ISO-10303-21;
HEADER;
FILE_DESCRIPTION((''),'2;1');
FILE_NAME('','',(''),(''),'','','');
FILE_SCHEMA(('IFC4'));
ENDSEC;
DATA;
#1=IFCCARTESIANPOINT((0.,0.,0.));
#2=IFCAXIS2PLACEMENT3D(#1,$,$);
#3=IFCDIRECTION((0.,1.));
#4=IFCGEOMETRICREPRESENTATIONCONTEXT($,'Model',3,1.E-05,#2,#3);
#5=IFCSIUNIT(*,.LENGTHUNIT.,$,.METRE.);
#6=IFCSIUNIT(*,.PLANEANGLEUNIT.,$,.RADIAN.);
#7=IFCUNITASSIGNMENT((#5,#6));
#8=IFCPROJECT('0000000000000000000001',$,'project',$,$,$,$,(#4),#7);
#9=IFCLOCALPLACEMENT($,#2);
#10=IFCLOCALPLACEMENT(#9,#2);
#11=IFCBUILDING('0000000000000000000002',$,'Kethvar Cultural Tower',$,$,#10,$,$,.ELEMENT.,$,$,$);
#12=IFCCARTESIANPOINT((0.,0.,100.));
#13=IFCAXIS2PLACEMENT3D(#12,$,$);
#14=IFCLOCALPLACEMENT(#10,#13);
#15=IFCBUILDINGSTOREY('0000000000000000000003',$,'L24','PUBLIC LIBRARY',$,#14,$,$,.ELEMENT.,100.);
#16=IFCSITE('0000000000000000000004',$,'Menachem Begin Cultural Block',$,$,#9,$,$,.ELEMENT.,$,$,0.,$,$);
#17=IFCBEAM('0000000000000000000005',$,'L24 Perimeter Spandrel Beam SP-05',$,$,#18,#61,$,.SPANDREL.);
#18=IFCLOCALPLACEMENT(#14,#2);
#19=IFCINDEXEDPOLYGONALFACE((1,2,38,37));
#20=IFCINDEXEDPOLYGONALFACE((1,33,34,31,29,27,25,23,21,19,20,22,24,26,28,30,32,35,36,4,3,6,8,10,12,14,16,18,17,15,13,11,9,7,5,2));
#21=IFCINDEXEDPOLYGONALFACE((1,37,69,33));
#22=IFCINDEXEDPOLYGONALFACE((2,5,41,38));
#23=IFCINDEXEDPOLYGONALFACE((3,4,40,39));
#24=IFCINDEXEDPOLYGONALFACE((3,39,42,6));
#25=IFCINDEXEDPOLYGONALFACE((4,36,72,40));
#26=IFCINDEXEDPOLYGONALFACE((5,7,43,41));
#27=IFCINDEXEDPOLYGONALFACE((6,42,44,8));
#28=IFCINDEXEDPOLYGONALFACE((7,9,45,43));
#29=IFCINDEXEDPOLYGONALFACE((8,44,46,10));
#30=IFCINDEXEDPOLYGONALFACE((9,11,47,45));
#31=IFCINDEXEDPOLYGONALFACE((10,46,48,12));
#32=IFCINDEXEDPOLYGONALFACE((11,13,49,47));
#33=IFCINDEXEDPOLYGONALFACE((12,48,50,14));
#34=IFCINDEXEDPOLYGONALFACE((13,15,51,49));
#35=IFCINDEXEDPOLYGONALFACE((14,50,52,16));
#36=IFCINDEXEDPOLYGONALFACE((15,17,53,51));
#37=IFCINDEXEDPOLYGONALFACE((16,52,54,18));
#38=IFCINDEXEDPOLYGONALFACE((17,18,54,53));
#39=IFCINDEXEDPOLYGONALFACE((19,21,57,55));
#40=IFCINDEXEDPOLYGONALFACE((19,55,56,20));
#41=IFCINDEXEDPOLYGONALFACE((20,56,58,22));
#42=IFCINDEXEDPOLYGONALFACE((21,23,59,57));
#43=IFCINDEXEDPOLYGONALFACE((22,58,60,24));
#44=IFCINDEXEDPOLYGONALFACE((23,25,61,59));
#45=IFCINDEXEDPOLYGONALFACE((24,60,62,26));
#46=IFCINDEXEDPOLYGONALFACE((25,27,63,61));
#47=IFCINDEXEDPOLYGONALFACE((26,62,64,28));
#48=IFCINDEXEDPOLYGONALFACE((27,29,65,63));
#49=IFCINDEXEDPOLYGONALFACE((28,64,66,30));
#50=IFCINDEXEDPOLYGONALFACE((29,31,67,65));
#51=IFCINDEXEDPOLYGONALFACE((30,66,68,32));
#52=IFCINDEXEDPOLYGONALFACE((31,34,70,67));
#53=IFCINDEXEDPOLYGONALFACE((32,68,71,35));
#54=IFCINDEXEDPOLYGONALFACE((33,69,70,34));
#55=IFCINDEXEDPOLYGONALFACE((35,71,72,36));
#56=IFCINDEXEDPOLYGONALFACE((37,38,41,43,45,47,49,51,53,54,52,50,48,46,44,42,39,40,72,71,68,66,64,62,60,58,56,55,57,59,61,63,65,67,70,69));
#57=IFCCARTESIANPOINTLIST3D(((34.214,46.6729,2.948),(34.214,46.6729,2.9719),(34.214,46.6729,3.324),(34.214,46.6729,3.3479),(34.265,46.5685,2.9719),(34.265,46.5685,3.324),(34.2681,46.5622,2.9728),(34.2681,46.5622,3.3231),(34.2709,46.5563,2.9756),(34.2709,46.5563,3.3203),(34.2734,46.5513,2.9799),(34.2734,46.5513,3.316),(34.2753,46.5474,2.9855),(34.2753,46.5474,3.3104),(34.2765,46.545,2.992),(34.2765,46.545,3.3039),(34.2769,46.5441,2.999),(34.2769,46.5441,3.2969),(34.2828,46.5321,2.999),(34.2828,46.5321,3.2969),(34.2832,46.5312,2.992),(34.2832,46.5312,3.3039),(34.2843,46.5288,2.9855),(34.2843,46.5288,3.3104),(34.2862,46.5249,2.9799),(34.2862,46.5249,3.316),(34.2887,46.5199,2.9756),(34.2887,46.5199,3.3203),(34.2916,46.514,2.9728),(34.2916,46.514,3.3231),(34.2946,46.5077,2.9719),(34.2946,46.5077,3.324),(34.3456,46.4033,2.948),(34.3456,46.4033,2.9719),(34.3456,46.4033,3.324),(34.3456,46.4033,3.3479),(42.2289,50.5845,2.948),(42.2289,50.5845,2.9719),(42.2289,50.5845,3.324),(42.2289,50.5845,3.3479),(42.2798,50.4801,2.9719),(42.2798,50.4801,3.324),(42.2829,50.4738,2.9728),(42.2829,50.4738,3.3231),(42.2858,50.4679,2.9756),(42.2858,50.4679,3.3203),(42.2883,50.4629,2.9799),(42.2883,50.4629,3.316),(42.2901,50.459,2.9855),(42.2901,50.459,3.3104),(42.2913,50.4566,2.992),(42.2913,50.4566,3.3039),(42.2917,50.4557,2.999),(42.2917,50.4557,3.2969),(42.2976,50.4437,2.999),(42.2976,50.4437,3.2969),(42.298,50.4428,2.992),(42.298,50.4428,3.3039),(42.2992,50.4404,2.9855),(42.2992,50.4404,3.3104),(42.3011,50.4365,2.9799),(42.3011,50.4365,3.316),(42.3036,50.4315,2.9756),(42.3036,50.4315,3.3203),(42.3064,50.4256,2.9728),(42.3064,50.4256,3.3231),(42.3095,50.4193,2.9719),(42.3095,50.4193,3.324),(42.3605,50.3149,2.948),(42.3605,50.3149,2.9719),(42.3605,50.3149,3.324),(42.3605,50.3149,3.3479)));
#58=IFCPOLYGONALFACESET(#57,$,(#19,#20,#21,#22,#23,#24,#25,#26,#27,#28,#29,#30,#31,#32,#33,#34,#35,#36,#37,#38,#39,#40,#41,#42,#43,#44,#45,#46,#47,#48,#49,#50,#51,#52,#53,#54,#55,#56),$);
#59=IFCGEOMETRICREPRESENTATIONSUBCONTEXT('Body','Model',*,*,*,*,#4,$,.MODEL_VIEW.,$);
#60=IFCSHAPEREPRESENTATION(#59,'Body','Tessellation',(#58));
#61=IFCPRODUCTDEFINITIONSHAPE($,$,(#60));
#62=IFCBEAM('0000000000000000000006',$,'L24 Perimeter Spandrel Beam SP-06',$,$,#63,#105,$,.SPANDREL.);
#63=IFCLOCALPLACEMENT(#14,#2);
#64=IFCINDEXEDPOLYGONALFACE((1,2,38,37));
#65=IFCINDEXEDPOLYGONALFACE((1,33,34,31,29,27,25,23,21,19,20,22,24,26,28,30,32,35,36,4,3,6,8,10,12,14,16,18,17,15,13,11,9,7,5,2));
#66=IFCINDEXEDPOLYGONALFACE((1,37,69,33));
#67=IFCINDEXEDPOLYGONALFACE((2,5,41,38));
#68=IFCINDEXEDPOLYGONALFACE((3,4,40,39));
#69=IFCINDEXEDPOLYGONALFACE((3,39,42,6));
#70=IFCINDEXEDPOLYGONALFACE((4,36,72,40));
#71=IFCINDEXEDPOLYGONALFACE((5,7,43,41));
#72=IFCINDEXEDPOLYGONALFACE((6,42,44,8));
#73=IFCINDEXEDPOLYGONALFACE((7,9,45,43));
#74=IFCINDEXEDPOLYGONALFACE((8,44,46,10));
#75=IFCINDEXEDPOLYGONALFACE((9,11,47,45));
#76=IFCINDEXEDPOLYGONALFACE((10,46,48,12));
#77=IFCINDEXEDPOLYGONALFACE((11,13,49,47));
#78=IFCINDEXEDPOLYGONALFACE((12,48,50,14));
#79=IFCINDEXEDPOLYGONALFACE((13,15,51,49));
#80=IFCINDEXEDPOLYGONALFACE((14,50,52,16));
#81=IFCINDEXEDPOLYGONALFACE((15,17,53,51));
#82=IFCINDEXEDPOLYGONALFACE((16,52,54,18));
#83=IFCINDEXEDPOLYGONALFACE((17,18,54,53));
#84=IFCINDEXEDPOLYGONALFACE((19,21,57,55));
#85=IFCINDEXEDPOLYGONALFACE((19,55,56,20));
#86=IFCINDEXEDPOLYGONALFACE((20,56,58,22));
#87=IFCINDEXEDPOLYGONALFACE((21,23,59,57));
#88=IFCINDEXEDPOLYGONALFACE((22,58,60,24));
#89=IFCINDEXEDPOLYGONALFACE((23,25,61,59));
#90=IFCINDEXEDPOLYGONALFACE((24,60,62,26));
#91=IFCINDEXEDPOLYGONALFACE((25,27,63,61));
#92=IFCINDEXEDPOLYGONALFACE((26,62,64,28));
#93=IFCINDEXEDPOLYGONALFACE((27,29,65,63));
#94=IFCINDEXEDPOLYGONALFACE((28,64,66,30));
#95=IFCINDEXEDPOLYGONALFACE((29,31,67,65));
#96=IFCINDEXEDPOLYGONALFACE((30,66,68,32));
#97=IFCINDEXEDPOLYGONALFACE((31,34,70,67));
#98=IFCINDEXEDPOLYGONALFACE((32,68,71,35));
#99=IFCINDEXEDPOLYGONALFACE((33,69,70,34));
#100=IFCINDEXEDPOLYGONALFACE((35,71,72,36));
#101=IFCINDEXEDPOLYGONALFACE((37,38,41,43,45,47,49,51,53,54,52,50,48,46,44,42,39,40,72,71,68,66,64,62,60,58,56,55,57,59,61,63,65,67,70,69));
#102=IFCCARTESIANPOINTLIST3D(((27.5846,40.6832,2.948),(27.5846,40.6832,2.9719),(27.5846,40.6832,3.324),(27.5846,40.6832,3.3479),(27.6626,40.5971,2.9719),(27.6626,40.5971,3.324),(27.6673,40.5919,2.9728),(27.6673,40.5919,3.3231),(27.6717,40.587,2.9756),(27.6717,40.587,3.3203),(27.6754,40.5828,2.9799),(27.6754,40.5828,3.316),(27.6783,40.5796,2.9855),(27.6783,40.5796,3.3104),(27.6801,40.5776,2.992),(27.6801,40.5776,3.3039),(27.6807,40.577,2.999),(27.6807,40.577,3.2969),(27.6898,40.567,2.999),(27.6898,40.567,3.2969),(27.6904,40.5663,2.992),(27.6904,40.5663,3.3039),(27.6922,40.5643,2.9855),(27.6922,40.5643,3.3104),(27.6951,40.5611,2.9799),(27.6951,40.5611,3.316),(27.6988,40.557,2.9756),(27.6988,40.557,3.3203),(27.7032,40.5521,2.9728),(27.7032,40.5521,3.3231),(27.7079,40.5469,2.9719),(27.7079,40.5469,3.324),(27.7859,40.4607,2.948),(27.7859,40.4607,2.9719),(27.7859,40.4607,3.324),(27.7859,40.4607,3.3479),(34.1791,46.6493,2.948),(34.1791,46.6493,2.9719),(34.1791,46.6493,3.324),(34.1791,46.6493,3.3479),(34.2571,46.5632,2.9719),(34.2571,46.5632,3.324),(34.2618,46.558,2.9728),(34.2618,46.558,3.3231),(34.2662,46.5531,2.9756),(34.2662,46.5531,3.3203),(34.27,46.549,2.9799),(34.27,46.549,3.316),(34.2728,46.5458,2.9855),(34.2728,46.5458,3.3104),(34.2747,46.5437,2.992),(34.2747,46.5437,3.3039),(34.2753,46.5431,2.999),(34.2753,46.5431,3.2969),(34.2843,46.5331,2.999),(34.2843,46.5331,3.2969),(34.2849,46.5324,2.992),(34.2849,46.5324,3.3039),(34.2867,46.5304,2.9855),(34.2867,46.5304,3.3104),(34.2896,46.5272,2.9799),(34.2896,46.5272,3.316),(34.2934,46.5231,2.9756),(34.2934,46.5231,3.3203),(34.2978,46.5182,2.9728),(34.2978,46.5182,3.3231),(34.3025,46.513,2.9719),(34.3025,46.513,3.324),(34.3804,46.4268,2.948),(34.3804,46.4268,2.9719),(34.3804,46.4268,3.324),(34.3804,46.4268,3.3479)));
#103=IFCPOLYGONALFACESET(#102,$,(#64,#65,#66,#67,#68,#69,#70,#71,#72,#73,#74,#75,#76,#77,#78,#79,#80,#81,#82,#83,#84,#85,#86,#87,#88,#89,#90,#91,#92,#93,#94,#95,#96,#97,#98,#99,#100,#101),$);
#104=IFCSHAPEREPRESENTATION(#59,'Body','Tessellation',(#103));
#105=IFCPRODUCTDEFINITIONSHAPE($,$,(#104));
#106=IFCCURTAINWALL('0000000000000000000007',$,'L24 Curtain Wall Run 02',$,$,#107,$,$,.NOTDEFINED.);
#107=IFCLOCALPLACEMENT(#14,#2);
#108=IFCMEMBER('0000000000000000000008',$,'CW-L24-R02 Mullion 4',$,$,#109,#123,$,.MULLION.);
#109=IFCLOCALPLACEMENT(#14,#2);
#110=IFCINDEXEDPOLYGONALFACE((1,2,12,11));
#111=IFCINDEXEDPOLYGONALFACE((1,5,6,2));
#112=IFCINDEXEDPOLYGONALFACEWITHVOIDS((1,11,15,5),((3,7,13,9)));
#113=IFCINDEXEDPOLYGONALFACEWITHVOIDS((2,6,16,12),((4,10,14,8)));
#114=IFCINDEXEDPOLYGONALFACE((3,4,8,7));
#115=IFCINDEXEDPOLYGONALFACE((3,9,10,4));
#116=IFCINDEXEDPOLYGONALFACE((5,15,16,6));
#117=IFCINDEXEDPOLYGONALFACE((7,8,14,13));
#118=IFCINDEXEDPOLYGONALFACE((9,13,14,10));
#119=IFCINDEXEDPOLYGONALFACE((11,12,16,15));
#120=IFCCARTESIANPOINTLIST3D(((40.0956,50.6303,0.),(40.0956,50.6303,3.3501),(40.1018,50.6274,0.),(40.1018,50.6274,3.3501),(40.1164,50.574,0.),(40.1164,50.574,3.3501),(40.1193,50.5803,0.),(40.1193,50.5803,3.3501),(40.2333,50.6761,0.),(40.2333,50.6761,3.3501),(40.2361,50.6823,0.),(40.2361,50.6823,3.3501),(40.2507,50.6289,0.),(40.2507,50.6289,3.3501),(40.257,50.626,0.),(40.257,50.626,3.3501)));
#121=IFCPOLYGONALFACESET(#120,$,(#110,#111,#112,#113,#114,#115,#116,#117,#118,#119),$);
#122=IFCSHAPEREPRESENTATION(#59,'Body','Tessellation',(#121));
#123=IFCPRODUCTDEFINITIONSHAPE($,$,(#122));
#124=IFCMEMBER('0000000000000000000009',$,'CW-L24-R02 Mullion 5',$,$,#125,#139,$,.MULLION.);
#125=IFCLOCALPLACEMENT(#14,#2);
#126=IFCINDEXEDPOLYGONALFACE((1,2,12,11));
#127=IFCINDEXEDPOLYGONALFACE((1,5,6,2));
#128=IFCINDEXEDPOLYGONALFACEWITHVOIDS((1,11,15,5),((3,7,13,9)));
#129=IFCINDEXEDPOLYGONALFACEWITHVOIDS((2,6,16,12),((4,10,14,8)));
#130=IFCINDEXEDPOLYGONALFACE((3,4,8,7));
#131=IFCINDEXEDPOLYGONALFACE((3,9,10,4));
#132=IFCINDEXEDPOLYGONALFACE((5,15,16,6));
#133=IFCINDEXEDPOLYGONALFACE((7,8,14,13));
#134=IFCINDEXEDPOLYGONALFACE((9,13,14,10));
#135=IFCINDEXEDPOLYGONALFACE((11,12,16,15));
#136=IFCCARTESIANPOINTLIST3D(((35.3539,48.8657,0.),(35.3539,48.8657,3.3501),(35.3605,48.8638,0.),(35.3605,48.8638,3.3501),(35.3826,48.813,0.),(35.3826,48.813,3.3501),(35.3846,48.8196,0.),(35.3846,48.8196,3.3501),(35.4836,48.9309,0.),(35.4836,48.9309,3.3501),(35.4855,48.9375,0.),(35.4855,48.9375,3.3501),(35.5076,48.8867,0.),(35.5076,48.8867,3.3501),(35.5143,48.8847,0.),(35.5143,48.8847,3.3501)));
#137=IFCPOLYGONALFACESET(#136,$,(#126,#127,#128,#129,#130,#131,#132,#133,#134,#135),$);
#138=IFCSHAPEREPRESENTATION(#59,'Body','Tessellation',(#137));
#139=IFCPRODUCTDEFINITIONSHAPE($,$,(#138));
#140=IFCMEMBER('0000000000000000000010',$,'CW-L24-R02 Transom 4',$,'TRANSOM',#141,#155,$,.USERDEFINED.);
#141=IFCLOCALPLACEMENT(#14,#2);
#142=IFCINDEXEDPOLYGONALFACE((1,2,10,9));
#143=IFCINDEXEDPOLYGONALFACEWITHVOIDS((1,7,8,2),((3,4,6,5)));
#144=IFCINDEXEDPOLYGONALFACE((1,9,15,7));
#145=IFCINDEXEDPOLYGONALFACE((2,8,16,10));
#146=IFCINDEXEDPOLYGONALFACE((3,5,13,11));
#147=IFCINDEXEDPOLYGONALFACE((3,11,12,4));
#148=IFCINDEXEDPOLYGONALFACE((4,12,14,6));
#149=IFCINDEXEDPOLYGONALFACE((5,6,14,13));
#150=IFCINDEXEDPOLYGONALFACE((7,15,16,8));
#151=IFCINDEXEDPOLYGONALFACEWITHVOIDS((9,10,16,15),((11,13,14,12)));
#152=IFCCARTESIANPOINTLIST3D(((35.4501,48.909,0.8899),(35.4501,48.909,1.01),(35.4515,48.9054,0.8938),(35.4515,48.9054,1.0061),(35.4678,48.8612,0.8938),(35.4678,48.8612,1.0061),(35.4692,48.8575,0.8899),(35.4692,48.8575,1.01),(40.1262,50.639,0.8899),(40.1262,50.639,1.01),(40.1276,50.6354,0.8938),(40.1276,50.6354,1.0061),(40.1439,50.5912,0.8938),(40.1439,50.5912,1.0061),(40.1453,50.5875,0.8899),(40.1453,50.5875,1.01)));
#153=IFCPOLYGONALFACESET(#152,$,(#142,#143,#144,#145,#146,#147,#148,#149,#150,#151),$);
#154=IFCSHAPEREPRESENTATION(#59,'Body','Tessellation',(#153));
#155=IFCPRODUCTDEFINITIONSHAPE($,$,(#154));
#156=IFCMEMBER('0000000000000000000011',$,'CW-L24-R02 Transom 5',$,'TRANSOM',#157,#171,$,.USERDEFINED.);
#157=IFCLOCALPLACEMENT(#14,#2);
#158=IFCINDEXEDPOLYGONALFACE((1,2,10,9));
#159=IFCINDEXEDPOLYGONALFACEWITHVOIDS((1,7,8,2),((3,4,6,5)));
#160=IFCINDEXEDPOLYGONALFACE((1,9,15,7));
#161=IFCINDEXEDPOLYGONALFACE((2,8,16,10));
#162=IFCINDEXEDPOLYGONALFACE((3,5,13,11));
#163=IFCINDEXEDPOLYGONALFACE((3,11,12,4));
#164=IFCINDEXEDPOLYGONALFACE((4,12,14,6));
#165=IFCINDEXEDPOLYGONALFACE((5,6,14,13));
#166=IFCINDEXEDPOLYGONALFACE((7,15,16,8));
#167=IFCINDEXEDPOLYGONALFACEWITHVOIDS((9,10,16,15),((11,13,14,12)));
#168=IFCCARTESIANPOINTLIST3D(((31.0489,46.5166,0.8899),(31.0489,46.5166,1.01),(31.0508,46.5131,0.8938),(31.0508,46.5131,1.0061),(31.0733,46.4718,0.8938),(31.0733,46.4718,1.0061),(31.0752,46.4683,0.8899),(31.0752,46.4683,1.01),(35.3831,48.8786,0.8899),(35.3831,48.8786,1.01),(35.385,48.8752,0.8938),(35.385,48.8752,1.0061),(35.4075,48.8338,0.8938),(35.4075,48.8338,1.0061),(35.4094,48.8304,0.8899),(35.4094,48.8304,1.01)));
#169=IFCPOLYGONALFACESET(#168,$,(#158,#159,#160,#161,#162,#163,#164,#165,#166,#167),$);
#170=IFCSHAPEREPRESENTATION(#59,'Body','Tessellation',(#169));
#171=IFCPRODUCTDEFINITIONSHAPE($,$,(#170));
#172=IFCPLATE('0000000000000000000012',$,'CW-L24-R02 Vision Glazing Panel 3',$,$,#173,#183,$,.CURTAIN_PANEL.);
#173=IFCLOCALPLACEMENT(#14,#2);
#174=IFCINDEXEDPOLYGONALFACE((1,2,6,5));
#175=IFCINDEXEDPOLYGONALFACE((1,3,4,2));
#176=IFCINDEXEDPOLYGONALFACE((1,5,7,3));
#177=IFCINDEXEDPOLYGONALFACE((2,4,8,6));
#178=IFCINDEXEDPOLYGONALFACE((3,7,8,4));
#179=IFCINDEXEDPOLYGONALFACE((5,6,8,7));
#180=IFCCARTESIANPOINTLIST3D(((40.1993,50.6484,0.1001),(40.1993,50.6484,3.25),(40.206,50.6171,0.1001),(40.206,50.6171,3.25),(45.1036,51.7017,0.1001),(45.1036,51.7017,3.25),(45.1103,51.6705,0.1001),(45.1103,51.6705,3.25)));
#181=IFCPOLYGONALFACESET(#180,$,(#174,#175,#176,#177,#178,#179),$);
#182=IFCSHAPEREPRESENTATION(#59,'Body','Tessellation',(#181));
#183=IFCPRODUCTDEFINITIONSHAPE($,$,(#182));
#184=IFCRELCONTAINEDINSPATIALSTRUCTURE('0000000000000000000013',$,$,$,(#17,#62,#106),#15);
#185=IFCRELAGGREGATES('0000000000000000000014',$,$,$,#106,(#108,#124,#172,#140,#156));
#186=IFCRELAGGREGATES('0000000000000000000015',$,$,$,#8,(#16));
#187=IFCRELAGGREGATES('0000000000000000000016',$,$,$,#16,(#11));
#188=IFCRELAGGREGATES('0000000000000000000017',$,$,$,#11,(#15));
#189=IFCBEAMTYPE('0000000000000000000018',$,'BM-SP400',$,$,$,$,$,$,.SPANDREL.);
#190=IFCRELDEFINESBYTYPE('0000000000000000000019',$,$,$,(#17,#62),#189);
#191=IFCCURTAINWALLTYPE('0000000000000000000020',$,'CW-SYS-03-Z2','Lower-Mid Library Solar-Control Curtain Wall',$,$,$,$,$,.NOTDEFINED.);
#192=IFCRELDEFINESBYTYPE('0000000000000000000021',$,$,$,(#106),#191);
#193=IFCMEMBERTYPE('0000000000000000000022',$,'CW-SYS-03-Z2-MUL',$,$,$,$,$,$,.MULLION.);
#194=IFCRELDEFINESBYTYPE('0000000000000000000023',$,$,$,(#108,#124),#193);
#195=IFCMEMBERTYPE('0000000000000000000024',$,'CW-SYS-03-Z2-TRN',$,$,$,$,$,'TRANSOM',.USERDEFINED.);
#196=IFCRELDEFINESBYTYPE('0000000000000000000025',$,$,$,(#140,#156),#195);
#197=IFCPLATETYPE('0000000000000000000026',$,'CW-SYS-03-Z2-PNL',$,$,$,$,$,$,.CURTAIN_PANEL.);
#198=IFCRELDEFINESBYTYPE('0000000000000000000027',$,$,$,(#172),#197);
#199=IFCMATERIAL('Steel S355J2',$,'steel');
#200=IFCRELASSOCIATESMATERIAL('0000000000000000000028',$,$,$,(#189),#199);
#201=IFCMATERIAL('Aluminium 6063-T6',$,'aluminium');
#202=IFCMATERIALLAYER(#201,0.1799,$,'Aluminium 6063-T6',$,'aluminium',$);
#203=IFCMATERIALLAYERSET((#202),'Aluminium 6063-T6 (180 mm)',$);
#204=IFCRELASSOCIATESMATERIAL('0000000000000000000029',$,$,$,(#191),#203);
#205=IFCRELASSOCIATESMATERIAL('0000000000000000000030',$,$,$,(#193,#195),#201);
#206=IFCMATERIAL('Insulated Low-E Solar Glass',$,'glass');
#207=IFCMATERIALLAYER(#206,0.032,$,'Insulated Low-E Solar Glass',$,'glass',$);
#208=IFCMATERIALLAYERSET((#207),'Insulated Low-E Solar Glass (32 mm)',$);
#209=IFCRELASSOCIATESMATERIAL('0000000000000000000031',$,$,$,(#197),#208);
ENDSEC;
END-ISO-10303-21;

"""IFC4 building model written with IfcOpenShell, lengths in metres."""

from ifc_helpers import new_model, si_unit, direction, frame, origin, origin_2d, place, context, subcontext, project, spatial, rectangle, hollow_rectangle, i_section, extrude, source, transform, mapped, material, layer, layer_set, material_profile, profile_set, type_object, element, aggregate, save


model = new_model("IFC4")

# Units and contexts
model_context = context("Model", 3, precision=1e-05, world=origin(), true_north=direction((0.0, 1.0)))
body_context = subcontext(model_context, "Body", "Model", "MODEL_VIEW")
ifc_project = project(units=[si_unit("LENGTHUNIT", "METRE"), si_unit("PLANEANGLEUNIT", "RADIAN")], contexts=[model_context])

# Site, building, storey
site_placement = place(None, origin())
site = spatial("IfcSite", under=ifc_project, at=site_placement, Name="Menachem Begin Cultural Block", CompositionType="ELEMENT", RefElevation=0.0)
building_placement = place(site_placement, origin())
building = spatial("IfcBuilding", under=site, at=building_placement, Name="Kethvar Cultural Tower", CompositionType="ELEMENT")
storey_placement = place(building_placement, frame((0.0, 0.0, 100.0)))
storey = spatial("IfcBuildingStorey", under=building, at=storey_placement, Name="L24", Description="PUBLIC LIBRARY", CompositionType="ELEMENT", Elevation=100.0)

# Beams
ifc_material_1 = material(Name="Steel S355J2", Category="steel")
ifc_material_profile_1 = material_profile(ifc_material_1, i_section(OverallWidth=0.3, OverallDepth=0.3999, WebThickness=0.0134, FlangeThickness=0.0239, FilletRadius=0.0271, at=origin_2d()), Name="Steel S355J2 — HEB400")
ifc_profile_set_1 = profile_set([ifc_material_profile_1], Name="Steel S355J2 — HEB400")
beam_type_1 = type_object("IfcBeamType", Name="BM-SP400", PredefinedType="SPANDREL", material=ifc_profile_set_1)
shared_shape_1 = source(origin(), body_context, "Body", "SweptSolid", [
    extrude(i_section(OverallWidth=0.3, OverallDepth=0.3999, WebThickness=0.0134, FlangeThickness=0.0239, FilletRadius=0.0271, at=origin_2d()), origin(), (0.0, 0.0, 1.0), 8.9185),
])
beam_1_placement = place(storey_placement, frame((42.2947, 50.4497, 3.1479), z_axis=(-0.898684, -0.438597, 0.0), x_axis=(0.438597, -0.898684, 0.0)))
element("IfcBeam", 1, at=beam_1_placement, inside=storey, type_object=beam_type_1, Name="L24 Perimeter Spandrel Beam SP-05", PredefinedType="SPANDREL", context=body_context, shape_type="MappedRepresentation", body=[
    mapped(shared_shape_1, transform((0.0, 0.0, 0.0), scale=1.0)),
])
shared_shape_2 = source(origin(), body_context, "Body", "SweptSolid", [
    extrude(i_section(OverallWidth=0.3, OverallDepth=0.3999, WebThickness=0.0134, FlangeThickness=0.0239, FilletRadius=0.0271, at=origin_2d()), origin(), (0.0, 0.0, 1.0), 8.8928),
])
beam_2_placement = place(storey_placement, frame((34.2798, 46.5381, 3.1479), z_axis=(-0.741557, -0.67089, 0.0), x_axis=(0.67089, -0.741557, 0.0)))
element("IfcBeam", 2, at=beam_2_placement, inside=storey, type_object=beam_type_1, Name="L24 Perimeter Spandrel Beam SP-06", PredefinedType="SPANDREL", context=body_context, shape_type="MappedRepresentation", body=[
    mapped(shared_shape_2, transform((0.0, 0.0, 0.0), scale=1.0)),
])

# Curtain wall, members, plate
ifc_material_2 = material(Name="Aluminium 6063-T6", Category="aluminium")
ifc_layer_1 = layer(ifc_material_2, 0.1799, Name="Aluminium 6063-T6", Category="aluminium")
ifc_layer_set_1 = layer_set([ifc_layer_1], Name="Aluminium 6063-T6 (180 mm)")
curtain_wall_type = type_object("IfcCurtainWallType", Name="CW-SYS-03-Z2", Description="Lower-Mid Library Solar-Control Curtain Wall", PredefinedType="NOTDEFINED", material=ifc_layer_set_1)
curtain_wall_placement = place(storey_placement, origin())
curtain_wall = element("IfcCurtainWall", 3, at=curtain_wall_placement, inside=storey, type_object=curtain_wall_type, Name="L24 Curtain Wall Run 02", PredefinedType="NOTDEFINED")
ifc_material_profile_2 = material_profile(ifc_material_2, hollow_rectangle(XDim=0.0601, YDim=0.1499, WallThickness=0.0049, at=origin_2d()), Name="Aluminium 6063-T6 — RHS150x60x5")
ifc_profile_set_2 = profile_set([ifc_material_profile_2], Name="Aluminium 6063-T6 — RHS150x60x5")
member_type_1 = type_object("IfcMemberType", Name="CW-SYS-03-Z2-MUL", PredefinedType="MULLION", material=ifc_profile_set_2)
shared_shape_3 = source(origin(), body_context, "Body", "SweptSolid", [
    extrude(hollow_rectangle(XDim=0.0601, YDim=0.1499, WallThickness=0.0049, at=origin_2d()), origin(), (0.0, 0.0, 1.0), 3.3501),
])
member_1_placement = place(storey_placement, frame((40.1763, 50.6282, 0.0), z_axis=(0.0, 0.0, 1.0), x_axis=(0.346968, -0.937877, 0.0)))
member_1 = element("IfcMember", 4, at=member_1_placement, type_object=member_type_1, Name="CW-L24-R02 Mullion 4", PredefinedType="MULLION", context=body_context, shape_type="MappedRepresentation", body=[
    mapped(shared_shape_3, transform((0.0, 0.0, 0.0), scale=1.0)),
])
member_2_placement = place(storey_placement, frame((35.4341, 48.8752, 0.0), z_axis=(0.0, 0.0, 1.0), x_axis=(0.478523, -0.878075, 0.0)))
member_2 = element("IfcMember", 5, at=member_2_placement, type_object=member_type_1, Name="CW-L24-R02 Mullion 5", PredefinedType="MULLION", context=body_context, shape_type="MappedRepresentation", body=[
    mapped(shared_shape_3, transform((0.0, 0.0, 0.0), scale=1.0)),
])
ifc_material_profile_3 = material_profile(ifc_material_2, hollow_rectangle(XDim=0.0549, YDim=0.1201, WallThickness=0.0039, at=origin_2d()), Name="Aluminium 6063-T6 — RHS120x55x4")
ifc_profile_set_3 = profile_set([ifc_material_profile_3], Name="Aluminium 6063-T6 — RHS120x55x4")
member_type_2 = type_object("IfcMemberType", Name="CW-SYS-03-Z2-TRN", ElementType="TRANSOM", PredefinedType="USERDEFINED", material=ifc_profile_set_3)
shared_shape_4 = source(origin(), body_context, "Body", "SweptSolid", [
    extrude(hollow_rectangle(XDim=0.0549, YDim=0.1201, WallThickness=0.0039, at=origin_2d()), origin(), (0.0, 0.0, 1.0), 4.9858),
])
member_3_placement = place(storey_placement, frame((40.1357, 50.6133, 0.95), z_axis=(-0.937872, -0.346983, 0.0), x_axis=(0.346983, -0.937872, 0.0)))
member_3 = element("IfcMember", 6, at=member_3_placement, type_object=member_type_2, Name="CW-L24-R02 Transom 4", ObjectType="TRANSOM", PredefinedType="USERDEFINED", context=body_context, shape_type="MappedRepresentation", body=[
    mapped(shared_shape_4, transform((0.0, 0.0, 0.0), scale=1.0)),
])
shared_shape_5 = source(origin(), body_context, "Body", "SweptSolid", [
    extrude(hollow_rectangle(XDim=0.0549, YDim=0.1201, WallThickness=0.0039, at=origin_2d()), origin(), (0.0, 0.0, 1.0), 4.936),
])
member_4_placement = place(storey_placement, frame((35.3962, 48.8545, 0.95), z_axis=(-0.878071, -0.47853, 0.0), x_axis=(0.47853, -0.878071, 0.0)))
member_4 = element("IfcMember", 7, at=member_4_placement, type_object=member_type_2, Name="CW-L24-R02 Transom 5", ObjectType="TRANSOM", PredefinedType="USERDEFINED", context=body_context, shape_type="MappedRepresentation", body=[
    mapped(shared_shape_5, transform((0.0, 0.0, 0.0), scale=1.0)),
])
ifc_material_3 = material(Name="Insulated Low-E Solar Glass", Category="glass")
ifc_layer_2 = layer(ifc_material_3, 0.032, Name="Insulated Low-E Solar Glass", Category="glass")
ifc_layer_set_2 = layer_set([ifc_layer_2], Name="Insulated Low-E Solar Glass (32 mm)")
plate_type = type_object("IfcPlateType", Name="CW-SYS-03-Z2-PNL", PredefinedType="CURTAIN_PANEL", material=ifc_layer_set_2)
shared_shape_6 = source(origin(), body_context, "Body", "SweptSolid", [
    extrude(rectangle(XDim=5.0161, YDim=0.032, at=origin_2d()), origin(), (0.0, 0.0, 1.0), 3.1499),
])
plate_1_placement = place(storey_placement, frame((42.6548, 51.1594, 0.1001), z_axis=(0.0, 0.0, 1.0), x_axis=(-0.977703, -0.209994, 0.0)))
plate_1 = element("IfcPlate", 8, at=plate_1_placement, type_object=plate_type, Name="CW-L24-R02 Vision Glazing Panel 3", PredefinedType="CURTAIN_PANEL", context=body_context, shape_type="MappedRepresentation", body=[
    mapped(shared_shape_6, transform((0.0, 0.0, 0.0), scale=1.0)),
])
aggregate(curtain_wall, [member_1, member_2, plate_1, member_3, member_4])

save(model, "model.ifc")
